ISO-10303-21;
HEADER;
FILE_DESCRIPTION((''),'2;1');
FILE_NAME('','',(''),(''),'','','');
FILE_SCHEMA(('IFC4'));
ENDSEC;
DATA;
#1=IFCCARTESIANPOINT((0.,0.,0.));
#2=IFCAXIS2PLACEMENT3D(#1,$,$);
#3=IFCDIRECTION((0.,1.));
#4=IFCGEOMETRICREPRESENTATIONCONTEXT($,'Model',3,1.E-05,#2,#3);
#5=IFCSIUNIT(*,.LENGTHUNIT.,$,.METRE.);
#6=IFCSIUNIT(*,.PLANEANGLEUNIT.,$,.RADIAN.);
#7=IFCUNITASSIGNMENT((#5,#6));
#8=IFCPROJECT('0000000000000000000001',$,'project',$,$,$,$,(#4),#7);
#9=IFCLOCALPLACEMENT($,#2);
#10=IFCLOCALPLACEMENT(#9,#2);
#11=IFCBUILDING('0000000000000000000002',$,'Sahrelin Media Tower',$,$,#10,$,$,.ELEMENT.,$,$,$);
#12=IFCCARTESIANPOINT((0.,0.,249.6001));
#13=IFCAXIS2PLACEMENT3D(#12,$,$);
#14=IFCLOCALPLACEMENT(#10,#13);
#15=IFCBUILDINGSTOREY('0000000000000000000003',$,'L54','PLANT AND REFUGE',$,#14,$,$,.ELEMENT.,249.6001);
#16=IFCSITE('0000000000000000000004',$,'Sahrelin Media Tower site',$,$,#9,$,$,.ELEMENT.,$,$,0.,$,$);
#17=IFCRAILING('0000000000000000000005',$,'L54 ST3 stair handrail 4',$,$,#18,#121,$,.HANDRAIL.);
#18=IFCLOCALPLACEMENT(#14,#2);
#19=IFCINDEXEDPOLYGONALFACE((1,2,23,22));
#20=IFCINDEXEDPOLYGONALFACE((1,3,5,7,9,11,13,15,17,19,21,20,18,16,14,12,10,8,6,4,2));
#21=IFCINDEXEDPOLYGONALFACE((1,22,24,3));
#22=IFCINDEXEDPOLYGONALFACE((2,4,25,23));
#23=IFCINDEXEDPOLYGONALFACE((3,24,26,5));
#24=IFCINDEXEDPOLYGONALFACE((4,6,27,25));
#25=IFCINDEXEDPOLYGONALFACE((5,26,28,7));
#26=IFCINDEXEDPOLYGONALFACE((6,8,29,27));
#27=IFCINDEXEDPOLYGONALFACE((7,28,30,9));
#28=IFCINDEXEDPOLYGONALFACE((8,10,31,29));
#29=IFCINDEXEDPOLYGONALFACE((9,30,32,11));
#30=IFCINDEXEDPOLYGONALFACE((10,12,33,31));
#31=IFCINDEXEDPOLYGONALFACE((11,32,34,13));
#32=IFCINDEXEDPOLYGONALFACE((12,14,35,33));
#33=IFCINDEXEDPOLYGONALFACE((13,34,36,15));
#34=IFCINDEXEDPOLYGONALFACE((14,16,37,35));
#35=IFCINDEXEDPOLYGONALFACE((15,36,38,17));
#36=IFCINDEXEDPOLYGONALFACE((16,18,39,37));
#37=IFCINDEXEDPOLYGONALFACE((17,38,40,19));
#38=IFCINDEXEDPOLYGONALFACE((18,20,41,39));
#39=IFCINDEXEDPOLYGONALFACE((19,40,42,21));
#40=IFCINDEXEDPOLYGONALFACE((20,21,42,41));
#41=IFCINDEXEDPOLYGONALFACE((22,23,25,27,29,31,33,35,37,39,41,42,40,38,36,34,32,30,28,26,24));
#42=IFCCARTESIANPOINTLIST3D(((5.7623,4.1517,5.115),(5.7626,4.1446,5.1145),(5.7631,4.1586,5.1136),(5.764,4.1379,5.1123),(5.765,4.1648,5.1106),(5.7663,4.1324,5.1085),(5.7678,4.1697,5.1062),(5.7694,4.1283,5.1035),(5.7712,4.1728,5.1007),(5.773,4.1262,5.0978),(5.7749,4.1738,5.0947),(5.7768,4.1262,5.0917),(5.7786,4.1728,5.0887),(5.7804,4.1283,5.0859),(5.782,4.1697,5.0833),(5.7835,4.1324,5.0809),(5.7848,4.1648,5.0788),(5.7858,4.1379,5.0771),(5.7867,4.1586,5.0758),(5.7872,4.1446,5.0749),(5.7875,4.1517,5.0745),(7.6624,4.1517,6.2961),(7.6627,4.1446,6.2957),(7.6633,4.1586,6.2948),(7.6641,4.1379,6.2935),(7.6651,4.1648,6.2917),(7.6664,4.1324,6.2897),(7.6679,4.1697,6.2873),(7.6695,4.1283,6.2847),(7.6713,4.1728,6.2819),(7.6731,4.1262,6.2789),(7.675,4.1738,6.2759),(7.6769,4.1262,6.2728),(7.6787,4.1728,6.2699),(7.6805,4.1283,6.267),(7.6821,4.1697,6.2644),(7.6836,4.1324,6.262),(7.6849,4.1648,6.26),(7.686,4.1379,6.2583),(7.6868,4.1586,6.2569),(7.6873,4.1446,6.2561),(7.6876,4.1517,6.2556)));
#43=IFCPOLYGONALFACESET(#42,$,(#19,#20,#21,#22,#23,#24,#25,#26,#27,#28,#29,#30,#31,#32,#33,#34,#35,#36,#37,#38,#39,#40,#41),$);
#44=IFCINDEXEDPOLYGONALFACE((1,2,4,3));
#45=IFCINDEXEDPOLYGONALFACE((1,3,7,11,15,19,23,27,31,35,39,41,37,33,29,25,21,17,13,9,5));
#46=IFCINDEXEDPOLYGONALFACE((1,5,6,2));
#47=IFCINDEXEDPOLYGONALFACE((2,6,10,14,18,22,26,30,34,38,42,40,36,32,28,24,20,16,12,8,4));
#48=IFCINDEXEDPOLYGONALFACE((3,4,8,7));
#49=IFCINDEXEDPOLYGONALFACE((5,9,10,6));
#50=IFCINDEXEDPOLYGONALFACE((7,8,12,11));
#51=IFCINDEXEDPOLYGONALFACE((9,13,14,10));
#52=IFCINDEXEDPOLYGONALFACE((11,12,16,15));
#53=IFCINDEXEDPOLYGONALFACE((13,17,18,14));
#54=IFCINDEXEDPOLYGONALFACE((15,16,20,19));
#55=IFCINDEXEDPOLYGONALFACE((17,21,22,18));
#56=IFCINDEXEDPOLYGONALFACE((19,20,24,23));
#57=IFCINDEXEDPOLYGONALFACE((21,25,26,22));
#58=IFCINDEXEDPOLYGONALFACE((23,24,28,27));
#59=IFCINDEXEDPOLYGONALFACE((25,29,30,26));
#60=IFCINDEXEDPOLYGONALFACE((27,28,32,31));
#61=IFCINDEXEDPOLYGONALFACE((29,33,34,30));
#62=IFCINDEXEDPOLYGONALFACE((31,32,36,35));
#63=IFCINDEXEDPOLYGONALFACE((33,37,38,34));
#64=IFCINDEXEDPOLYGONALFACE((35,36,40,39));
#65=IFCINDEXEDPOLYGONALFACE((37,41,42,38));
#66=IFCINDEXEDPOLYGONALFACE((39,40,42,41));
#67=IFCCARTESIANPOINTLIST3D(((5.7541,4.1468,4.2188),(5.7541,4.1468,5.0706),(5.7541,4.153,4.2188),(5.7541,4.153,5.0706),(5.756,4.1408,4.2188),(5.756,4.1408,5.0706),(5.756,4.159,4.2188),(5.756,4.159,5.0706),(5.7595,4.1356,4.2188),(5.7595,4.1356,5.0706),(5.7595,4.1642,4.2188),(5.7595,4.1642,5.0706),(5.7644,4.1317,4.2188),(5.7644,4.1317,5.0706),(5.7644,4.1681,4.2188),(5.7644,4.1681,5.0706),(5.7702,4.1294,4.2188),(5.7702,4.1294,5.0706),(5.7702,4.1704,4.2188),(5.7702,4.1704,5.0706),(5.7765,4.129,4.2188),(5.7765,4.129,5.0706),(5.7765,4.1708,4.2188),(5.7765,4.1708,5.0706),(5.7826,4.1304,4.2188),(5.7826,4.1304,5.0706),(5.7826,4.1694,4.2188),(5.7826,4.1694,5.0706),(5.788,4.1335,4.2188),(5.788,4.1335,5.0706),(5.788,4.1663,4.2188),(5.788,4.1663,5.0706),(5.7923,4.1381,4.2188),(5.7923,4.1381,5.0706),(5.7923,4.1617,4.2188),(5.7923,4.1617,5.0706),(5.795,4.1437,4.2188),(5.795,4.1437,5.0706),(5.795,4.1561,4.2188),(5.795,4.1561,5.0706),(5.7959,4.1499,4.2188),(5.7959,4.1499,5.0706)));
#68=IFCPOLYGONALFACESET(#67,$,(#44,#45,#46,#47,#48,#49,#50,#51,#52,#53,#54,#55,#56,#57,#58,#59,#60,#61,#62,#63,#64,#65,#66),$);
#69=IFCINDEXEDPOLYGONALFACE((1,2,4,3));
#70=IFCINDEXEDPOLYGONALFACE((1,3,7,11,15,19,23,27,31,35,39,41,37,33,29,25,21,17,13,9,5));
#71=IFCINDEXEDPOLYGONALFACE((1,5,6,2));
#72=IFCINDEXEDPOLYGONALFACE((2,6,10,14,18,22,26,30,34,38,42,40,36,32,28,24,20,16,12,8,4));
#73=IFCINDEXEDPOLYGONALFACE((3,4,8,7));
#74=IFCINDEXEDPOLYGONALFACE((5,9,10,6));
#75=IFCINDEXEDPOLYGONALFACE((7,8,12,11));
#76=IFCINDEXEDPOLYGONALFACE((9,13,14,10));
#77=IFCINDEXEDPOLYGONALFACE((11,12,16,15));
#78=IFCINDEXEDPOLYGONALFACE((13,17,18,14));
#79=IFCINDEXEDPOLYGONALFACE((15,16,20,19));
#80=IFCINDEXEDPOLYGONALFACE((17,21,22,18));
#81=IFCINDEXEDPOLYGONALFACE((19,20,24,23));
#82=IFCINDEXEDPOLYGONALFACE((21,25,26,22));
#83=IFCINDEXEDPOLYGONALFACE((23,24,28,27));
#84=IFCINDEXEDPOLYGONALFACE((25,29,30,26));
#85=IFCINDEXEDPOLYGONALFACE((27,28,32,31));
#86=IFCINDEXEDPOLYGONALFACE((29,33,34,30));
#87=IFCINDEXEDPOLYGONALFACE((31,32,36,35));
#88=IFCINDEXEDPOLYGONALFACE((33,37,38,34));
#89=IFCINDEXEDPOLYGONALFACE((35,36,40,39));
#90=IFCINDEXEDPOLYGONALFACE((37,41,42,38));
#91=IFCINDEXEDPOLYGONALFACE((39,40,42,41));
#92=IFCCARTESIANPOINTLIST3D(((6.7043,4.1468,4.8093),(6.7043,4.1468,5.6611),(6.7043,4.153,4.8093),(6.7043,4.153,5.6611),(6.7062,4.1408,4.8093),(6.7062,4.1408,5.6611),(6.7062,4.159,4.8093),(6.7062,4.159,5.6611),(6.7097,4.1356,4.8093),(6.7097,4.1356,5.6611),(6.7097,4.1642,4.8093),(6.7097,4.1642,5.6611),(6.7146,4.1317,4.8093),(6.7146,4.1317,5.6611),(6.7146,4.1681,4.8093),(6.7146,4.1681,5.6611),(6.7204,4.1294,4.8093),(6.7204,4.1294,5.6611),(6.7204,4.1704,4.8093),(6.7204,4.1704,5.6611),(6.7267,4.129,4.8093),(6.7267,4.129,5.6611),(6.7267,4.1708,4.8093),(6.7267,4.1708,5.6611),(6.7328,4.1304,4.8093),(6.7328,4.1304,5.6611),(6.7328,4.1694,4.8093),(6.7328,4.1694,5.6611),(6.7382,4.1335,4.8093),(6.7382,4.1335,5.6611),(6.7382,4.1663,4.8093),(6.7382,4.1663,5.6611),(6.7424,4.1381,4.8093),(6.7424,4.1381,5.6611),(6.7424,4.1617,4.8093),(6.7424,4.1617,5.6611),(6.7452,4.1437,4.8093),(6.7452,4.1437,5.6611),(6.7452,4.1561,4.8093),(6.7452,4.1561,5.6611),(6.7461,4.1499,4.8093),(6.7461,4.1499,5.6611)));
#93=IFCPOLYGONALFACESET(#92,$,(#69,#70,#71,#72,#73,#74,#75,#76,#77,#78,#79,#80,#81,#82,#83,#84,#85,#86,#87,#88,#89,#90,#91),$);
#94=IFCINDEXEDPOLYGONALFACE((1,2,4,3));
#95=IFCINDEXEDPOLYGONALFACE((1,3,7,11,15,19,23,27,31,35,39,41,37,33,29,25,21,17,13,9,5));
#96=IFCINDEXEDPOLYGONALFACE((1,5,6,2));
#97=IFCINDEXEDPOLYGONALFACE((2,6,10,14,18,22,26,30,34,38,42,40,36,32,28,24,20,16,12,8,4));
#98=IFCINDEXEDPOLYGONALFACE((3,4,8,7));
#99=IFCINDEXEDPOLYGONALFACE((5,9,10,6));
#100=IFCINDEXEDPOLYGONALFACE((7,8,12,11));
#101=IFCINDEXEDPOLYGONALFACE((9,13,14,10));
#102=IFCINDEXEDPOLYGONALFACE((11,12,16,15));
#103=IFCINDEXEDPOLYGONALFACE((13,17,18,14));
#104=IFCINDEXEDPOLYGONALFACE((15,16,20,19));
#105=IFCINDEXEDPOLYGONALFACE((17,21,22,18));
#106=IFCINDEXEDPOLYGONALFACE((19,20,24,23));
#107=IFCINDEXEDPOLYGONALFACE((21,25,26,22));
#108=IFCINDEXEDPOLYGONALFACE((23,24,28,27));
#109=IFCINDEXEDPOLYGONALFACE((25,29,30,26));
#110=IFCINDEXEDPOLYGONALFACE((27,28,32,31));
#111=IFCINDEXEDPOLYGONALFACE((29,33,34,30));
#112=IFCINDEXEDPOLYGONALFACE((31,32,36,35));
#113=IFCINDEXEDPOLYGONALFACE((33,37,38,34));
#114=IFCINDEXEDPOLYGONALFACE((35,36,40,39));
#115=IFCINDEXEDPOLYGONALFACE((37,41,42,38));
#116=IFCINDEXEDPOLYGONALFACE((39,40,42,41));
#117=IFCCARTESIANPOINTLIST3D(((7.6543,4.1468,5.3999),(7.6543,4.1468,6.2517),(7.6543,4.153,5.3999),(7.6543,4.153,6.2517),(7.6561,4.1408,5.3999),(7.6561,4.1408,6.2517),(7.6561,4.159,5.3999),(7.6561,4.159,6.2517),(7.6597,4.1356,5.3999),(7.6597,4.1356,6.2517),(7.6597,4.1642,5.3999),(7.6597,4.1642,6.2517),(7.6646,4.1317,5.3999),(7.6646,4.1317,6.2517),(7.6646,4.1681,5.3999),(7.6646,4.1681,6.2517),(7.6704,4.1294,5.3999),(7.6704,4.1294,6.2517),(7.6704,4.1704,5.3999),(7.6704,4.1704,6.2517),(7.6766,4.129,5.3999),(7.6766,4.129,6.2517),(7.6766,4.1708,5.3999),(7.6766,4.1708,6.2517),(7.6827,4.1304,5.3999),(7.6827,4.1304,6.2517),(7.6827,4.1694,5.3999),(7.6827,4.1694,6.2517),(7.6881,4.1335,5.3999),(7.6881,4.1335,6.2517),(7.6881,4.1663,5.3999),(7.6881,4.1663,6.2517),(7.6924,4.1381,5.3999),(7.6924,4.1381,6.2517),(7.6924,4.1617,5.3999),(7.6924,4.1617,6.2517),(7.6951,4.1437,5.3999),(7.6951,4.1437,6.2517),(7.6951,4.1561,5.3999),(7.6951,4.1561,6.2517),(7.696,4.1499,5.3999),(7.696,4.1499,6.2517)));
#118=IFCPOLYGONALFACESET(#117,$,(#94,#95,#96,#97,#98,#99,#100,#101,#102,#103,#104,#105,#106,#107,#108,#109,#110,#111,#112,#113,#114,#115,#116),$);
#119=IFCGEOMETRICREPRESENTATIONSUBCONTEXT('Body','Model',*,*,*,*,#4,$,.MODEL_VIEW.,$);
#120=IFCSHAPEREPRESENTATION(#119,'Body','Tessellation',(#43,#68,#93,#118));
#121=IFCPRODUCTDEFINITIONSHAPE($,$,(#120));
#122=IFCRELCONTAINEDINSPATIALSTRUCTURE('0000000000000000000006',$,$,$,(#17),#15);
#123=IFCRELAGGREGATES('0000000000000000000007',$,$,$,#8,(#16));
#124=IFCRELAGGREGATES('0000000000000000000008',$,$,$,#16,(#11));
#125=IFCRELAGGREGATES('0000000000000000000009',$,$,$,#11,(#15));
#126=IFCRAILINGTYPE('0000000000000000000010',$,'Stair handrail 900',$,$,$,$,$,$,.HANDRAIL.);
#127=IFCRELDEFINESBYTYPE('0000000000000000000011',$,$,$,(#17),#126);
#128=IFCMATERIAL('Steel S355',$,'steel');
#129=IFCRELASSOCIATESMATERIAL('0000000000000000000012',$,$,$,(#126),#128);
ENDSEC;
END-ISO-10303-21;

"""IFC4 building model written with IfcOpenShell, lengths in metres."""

from ifc_helpers import new_model, si_unit, direction, frame, origin, origin_2d, place, context, subcontext, project, spatial, circle, extrude, material, type_object, element, save


model = new_model("IFC4")

# Units and contexts
model_context = context("Model", 3, precision=1e-05, world=origin(), true_north=direction((0.0, 1.0)))
body_context = subcontext(model_context, "Body", "Model", "MODEL_VIEW")
ifc_project = project(units=[si_unit("LENGTHUNIT", "METRE"), si_unit("PLANEANGLEUNIT", "RADIAN")], contexts=[model_context])

# Site, building, storey
site_placement = place(None, origin())
site = spatial("IfcSite", under=ifc_project, at=site_placement, Name="Sahrelin Media Tower site", CompositionType="ELEMENT", RefElevation=0.0)
building_placement = place(site_placement, origin())
building = spatial("IfcBuilding", under=site, at=building_placement, Name="Sahrelin Media Tower", CompositionType="ELEMENT")
storey_placement = place(building_placement, frame((0.0, 0.0, 249.6001)))
storey = spatial("IfcBuildingStorey", under=building, at=storey_placement, Name="L54", Description="PLANT AND REFUGE", CompositionType="ELEMENT", Elevation=249.6001)

# Shared definitions
ifc_material_1 = material(Name="Steel S355", Category="steel")

# Railing
railing_type_1 = type_object("IfcRailingType", Name="Stair handrail 900", PredefinedType="HANDRAIL", material=ifc_material_1)
railing_1_placement = place(storey_placement, frame((5.7749, 4.1499, 4.2188)))
element("IfcRailing", 1, at=railing_1_placement, inside=storey, type_object=railing_type_1, Name="L54 ST3 stair handrail 4", PredefinedType="HANDRAIL", context=body_context, shape_type="SweptSolid", body=[
    extrude(circle(Radius=0.0239, at=origin_2d()), frame((0.0, 0.0, 0.876), z_axis=(0.849289, 0.0, 0.527928), x_axis=(0.0, 1.0, 0.0)), (0.0, 0.0, 1.0), 2.2373),
    extrude(circle(Radius=0.021, at=origin_2d()), origin(), (0.0, 0.0, 1.0), 0.8518),
    extrude(circle(Radius=0.021, at=origin_2d()), frame((0.9502, 0.0, 0.5906)), (0.0, 0.0, 1.0), 0.8518),
    extrude(circle(Radius=0.021, at=origin_2d()), frame((1.9001, 0.0, 1.1812)), (0.0, 0.0, 1.0), 0.8518),
])

save(model, "model.ifc")
